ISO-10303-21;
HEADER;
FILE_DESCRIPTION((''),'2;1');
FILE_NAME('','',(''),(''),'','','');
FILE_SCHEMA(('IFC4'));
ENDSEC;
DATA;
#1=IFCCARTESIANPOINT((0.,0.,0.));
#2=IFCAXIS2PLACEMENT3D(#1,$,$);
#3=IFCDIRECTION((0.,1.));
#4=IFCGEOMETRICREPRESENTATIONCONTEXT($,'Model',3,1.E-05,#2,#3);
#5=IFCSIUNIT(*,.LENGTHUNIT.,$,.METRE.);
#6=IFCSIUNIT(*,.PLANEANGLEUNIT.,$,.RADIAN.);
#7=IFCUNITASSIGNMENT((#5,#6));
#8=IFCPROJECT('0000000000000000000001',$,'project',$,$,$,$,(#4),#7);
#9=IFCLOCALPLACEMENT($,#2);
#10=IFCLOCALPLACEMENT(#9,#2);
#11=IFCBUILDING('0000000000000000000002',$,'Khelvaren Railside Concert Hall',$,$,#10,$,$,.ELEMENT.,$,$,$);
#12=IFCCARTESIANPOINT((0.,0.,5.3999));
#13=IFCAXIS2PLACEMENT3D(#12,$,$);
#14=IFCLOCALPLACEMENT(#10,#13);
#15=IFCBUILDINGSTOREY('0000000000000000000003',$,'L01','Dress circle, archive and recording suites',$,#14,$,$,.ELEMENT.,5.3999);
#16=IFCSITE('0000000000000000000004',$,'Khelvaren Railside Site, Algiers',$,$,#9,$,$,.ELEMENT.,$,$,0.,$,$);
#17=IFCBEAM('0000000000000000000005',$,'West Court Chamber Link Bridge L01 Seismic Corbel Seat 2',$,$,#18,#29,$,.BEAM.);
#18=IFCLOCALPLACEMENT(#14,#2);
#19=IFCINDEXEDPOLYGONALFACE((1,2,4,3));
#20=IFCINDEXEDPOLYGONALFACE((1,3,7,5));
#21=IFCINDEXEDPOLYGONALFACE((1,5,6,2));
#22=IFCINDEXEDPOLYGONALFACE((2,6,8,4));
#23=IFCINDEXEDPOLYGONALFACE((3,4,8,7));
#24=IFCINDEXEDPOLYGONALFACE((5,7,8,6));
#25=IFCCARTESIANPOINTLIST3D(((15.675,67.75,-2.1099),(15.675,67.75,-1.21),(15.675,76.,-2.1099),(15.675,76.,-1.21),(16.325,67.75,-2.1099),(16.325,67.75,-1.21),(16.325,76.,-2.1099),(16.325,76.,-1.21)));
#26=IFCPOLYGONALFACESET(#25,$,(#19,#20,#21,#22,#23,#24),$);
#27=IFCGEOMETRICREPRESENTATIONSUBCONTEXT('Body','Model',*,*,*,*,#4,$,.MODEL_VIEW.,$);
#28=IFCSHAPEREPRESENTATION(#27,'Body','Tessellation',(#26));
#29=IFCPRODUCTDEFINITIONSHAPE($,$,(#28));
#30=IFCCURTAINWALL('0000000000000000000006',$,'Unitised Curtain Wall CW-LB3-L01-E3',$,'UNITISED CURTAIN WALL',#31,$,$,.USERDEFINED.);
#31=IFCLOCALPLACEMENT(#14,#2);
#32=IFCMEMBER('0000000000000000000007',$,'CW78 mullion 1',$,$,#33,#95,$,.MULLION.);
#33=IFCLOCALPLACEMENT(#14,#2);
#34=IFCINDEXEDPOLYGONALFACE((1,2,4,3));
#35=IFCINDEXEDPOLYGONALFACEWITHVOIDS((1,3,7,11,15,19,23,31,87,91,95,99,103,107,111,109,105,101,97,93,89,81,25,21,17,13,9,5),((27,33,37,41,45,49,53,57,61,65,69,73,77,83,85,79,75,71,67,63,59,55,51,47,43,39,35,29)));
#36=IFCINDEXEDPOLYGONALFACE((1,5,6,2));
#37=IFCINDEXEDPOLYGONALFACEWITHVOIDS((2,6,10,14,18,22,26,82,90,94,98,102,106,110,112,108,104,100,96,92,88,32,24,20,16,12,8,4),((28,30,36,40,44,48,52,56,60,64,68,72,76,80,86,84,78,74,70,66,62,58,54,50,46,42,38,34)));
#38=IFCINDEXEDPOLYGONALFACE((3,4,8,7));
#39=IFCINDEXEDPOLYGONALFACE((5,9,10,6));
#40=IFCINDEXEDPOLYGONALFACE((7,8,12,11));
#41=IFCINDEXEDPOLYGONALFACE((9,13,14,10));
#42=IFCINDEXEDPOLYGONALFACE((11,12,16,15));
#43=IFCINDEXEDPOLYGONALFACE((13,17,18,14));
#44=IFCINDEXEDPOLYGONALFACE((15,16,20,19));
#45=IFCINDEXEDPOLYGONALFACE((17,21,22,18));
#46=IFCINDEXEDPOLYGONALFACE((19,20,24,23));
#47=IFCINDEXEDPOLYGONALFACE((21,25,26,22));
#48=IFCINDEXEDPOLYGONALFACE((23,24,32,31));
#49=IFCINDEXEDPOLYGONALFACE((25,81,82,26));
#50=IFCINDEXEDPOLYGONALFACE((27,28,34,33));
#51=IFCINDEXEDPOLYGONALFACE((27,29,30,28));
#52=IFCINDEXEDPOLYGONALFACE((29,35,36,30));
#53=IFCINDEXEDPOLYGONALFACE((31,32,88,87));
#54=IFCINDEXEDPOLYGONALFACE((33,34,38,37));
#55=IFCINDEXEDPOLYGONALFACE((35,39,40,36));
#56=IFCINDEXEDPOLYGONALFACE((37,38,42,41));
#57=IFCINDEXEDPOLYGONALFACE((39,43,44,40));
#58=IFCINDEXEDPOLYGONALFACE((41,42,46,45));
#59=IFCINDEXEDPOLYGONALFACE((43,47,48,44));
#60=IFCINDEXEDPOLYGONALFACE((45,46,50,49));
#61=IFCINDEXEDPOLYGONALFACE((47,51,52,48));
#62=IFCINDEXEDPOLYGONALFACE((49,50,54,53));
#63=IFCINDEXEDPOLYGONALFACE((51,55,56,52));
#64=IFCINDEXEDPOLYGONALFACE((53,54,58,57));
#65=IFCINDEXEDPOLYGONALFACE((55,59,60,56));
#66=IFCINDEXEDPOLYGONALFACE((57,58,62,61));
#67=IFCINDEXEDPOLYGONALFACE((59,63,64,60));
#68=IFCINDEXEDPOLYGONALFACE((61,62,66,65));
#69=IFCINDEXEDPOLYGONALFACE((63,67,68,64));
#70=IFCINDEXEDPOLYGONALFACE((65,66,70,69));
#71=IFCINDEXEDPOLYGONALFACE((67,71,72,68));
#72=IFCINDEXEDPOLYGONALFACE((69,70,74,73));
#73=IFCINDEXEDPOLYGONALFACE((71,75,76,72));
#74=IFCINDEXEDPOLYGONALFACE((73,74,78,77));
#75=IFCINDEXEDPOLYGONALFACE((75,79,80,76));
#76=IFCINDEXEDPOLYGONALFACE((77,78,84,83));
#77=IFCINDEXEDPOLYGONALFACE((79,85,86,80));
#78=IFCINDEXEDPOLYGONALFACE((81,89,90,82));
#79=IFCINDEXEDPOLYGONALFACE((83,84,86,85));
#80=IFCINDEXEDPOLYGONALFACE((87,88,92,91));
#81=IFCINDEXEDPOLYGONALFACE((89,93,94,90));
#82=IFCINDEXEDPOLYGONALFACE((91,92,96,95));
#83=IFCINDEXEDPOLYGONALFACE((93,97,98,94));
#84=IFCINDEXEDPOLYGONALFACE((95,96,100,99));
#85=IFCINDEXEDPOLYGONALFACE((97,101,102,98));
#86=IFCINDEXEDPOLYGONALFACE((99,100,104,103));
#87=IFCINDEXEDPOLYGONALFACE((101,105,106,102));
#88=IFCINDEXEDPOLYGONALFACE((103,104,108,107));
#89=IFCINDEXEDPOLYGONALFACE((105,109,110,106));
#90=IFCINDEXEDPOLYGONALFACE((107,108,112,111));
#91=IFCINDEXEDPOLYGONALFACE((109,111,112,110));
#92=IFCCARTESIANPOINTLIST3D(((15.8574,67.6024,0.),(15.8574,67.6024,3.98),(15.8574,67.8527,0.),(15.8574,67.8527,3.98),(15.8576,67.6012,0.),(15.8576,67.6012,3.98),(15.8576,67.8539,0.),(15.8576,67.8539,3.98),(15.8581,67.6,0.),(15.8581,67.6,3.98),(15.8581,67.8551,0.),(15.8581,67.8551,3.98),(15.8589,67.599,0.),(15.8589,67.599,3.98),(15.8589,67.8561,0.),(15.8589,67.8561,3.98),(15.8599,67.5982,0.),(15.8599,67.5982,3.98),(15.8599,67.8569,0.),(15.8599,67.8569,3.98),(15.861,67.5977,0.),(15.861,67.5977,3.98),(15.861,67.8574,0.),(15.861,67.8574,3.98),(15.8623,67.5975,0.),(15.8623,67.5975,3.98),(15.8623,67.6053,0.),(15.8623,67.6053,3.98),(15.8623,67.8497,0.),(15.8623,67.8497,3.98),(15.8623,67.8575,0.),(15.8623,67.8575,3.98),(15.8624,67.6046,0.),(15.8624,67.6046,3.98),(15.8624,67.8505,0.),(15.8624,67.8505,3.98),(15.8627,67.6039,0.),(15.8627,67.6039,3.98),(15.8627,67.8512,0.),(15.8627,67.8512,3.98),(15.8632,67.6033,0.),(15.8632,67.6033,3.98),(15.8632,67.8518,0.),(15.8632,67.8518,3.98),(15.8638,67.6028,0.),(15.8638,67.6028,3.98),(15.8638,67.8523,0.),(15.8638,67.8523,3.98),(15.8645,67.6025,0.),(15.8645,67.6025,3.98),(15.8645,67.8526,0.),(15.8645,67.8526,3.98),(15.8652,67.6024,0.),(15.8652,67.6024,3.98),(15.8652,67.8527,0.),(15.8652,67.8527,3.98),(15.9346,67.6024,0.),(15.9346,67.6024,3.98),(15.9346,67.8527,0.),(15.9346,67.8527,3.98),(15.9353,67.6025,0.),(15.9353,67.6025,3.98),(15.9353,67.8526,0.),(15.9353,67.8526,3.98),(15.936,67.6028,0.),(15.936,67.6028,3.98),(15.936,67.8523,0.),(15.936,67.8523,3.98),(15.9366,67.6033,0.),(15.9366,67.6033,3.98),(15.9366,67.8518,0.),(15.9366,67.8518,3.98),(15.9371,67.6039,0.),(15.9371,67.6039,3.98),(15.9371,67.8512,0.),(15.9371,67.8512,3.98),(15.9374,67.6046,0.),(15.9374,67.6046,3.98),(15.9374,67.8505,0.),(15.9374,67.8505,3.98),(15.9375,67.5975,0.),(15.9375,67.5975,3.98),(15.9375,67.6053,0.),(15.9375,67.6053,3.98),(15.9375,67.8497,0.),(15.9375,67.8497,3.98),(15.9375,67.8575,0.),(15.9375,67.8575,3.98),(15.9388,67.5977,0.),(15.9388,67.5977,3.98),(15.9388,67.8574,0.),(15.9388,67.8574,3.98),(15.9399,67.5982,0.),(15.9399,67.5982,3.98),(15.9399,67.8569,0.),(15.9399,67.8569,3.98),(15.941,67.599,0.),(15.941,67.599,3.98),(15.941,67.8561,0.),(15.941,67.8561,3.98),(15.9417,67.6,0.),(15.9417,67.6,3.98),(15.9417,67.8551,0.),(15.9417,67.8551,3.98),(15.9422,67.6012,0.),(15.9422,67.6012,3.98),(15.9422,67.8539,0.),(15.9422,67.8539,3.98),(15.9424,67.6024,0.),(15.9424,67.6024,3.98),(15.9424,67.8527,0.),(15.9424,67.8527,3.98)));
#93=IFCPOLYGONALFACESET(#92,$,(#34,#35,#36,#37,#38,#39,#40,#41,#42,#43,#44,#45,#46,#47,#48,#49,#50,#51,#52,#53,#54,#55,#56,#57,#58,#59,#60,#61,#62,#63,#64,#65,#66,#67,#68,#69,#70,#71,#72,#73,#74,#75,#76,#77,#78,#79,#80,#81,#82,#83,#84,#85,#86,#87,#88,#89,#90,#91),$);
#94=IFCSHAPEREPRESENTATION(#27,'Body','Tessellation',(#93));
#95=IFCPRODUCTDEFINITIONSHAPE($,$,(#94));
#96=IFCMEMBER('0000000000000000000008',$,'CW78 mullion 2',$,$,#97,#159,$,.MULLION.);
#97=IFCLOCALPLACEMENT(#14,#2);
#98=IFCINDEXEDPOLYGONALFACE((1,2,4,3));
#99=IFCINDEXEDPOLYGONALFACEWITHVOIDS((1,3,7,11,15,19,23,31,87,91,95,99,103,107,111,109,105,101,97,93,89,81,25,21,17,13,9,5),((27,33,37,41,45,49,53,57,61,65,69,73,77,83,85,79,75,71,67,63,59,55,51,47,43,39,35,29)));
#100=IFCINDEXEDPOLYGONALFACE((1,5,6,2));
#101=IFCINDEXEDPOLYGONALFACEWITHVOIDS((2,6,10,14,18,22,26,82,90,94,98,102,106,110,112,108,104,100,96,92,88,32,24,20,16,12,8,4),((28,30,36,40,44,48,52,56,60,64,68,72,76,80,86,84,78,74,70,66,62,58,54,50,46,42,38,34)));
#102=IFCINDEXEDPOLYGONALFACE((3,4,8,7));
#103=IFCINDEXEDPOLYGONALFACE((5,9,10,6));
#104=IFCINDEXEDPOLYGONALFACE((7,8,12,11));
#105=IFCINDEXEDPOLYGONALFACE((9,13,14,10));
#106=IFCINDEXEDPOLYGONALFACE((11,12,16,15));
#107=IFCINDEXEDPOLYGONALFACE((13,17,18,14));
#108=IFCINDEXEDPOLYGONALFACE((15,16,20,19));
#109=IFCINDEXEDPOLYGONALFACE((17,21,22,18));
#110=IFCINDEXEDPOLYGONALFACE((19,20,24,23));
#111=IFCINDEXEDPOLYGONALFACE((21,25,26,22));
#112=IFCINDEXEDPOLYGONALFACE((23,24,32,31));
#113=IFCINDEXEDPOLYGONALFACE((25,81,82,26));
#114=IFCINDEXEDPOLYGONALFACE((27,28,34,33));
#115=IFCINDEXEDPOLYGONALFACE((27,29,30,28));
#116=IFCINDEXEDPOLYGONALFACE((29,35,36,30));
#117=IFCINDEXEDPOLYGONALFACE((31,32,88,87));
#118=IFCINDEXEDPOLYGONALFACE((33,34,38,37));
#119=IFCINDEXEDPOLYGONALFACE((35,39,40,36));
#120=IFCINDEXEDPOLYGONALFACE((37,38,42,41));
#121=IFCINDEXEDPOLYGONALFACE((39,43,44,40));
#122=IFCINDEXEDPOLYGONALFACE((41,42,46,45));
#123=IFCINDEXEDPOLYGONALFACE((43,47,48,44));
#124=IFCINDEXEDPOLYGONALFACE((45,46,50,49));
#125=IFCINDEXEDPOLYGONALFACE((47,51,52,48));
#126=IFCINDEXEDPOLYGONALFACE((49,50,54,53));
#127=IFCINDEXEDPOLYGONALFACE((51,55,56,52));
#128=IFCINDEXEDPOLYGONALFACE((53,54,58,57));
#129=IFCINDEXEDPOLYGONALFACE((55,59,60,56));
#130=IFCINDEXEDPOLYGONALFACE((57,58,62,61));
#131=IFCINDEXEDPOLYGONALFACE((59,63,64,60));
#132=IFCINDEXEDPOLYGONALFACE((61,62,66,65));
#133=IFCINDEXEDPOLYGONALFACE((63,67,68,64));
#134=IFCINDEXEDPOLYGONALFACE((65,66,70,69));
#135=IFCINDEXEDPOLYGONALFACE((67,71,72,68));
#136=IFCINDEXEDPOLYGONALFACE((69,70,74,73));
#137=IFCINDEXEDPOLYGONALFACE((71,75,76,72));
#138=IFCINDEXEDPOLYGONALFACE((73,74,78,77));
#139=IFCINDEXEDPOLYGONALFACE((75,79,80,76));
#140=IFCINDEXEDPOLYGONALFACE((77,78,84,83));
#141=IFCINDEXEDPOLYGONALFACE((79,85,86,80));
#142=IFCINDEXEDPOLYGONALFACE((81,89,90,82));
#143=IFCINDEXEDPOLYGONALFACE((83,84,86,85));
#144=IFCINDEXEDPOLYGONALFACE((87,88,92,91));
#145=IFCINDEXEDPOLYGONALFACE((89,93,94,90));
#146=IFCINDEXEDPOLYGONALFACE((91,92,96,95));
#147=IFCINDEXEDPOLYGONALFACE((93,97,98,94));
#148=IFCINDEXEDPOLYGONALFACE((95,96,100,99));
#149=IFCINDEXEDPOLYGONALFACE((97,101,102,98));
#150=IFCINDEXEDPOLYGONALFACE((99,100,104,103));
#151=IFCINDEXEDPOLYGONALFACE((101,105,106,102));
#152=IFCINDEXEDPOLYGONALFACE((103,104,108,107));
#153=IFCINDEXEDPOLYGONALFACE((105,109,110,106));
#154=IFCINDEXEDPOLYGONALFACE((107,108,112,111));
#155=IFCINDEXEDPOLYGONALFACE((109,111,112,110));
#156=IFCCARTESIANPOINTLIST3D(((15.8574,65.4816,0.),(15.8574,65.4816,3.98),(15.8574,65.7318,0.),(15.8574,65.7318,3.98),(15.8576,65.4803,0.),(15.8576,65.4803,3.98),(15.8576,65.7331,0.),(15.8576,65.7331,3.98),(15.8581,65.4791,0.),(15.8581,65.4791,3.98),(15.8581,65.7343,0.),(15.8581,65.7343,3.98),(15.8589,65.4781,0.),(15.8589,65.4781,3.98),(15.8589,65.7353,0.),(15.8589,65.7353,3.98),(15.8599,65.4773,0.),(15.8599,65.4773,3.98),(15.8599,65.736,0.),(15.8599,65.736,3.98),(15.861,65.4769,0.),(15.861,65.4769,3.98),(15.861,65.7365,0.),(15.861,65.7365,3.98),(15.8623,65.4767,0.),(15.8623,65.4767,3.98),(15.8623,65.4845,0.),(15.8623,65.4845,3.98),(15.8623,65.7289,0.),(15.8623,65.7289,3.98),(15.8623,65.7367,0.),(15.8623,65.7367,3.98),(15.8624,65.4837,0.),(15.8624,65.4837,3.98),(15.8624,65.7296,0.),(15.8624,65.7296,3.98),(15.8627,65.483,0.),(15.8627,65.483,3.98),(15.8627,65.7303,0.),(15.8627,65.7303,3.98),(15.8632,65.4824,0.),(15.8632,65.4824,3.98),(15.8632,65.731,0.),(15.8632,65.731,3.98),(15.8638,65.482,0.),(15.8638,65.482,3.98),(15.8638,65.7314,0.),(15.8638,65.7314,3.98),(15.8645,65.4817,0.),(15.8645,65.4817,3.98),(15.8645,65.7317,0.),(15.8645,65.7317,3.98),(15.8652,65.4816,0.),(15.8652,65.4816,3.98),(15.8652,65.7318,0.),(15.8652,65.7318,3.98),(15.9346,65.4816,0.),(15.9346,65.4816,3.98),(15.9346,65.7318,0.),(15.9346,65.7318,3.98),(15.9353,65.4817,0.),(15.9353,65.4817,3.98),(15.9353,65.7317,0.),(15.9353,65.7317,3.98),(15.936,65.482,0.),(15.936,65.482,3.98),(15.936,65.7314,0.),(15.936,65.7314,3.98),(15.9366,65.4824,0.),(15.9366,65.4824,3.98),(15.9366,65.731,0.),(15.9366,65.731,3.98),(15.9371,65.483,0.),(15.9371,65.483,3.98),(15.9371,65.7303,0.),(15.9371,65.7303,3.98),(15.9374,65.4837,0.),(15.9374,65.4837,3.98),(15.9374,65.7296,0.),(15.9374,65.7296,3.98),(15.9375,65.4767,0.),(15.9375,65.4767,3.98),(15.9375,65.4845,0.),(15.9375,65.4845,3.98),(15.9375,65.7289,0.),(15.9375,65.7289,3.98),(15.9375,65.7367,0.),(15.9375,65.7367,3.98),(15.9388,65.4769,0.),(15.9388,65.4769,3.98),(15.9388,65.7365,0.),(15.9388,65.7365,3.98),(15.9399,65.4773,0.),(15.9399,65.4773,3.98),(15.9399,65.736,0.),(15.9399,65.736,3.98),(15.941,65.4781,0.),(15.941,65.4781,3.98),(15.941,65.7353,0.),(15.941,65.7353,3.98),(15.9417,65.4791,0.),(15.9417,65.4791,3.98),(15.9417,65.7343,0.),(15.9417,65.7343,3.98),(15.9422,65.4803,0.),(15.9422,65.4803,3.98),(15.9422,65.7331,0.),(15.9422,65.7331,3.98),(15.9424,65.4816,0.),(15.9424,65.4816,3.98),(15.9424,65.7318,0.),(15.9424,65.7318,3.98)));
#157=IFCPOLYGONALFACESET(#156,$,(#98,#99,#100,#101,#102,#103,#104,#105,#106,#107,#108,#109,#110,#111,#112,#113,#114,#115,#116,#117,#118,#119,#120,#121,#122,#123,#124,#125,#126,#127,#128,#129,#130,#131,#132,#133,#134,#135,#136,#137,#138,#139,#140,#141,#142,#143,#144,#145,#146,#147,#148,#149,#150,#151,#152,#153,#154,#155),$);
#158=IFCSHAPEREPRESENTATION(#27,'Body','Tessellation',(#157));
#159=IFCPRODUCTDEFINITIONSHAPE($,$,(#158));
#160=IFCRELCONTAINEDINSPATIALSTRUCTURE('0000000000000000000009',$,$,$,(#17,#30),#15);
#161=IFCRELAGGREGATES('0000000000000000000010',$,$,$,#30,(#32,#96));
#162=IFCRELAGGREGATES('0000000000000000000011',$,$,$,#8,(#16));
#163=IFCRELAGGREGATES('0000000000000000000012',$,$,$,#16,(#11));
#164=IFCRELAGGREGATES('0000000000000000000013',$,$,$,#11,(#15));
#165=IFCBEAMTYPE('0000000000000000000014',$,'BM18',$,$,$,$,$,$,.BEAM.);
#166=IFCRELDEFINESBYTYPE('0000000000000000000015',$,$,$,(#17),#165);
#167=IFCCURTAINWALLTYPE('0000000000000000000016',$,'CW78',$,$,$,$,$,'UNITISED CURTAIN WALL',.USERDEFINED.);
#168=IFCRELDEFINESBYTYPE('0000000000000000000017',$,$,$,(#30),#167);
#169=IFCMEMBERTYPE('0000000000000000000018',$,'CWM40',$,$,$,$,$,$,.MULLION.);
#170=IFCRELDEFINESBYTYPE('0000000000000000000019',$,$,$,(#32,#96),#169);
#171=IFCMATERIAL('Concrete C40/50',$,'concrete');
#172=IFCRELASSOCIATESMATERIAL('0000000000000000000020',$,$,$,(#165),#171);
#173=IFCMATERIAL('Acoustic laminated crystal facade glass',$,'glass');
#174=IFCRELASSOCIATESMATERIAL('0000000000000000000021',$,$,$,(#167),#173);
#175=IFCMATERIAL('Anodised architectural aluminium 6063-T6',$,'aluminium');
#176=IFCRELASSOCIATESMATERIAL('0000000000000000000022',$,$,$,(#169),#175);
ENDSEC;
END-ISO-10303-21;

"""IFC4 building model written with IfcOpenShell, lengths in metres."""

from ifc_helpers import new_model, si_unit, direction, frame, origin, origin_2d, place, context, subcontext, project, spatial, rectangle, hollow_rectangle, extrude, material, material_profile, profile_set, type_object, element, aggregate, save


model = new_model("IFC4")

# Units and contexts
model_context = context("Model", 3, precision=1e-05, world=origin(), true_north=direction((0.0, 1.0)))
body_context = subcontext(model_context, "Body", "Model", "MODEL_VIEW")
ifc_project = project(units=[si_unit("LENGTHUNIT", "METRE"), si_unit("PLANEANGLEUNIT", "RADIAN")], contexts=[model_context])

# Site, building, storey
site_placement = place(None, origin())
site = spatial("IfcSite", under=ifc_project, at=site_placement, Name="Khelvaren Railside Site, Algiers", CompositionType="ELEMENT", RefElevation=0.0)
building_placement = place(site_placement, origin())
building = spatial("IfcBuilding", under=site, at=building_placement, Name="Khelvaren Railside Concert Hall", CompositionType="ELEMENT")
storey_placement = place(building_placement, frame((0.0, 0.0, 5.3999)))
storey = spatial("IfcBuildingStorey", under=building, at=storey_placement, Name="L01", Description="Dress circle, archive and recording suites", CompositionType="ELEMENT", Elevation=5.3999)

# Beam
ifc_material_1 = material(Name="Concrete C40/50", Category="concrete")
ifc_material_profile_1 = material_profile(ifc_material_1, rectangle(XDim=0.6499, YDim=0.8999, at=origin_2d()), Name="RCB 650x900")
ifc_profile_set_1 = profile_set([ifc_material_profile_1], Name="Concrete C40/50")
beam_type = type_object("IfcBeamType", Name="BM18", PredefinedType="BEAM", material=ifc_profile_set_1)
beam_placement = place(storey_placement, frame((16.0, 67.75, -1.6599), z_axis=(0.0, 1.0, 0.0), x_axis=(-1.0, 0.0, 0.0)))
element("IfcBeam", 1, at=beam_placement, inside=storey, type_object=beam_type, Name="West Court Chamber Link Bridge L01 Seismic Corbel Seat 2", PredefinedType="BEAM", context=body_context, shape_type="SweptSolid", body=[
    extrude(rectangle(XDim=0.6499, YDim=0.8999, at=origin_2d()), origin(), (0.0, 0.0, 1.0), 8.25),
])

# Curtain wall, members
ifc_material_2 = material(Name="Acoustic laminated crystal facade glass", Category="glass")
curtain_wall_type = type_object("IfcCurtainWallType", Name="CW78", ElementType="UNITISED CURTAIN WALL", PredefinedType="USERDEFINED", material=ifc_material_2)
curtain_wall_placement = place(storey_placement, origin())
curtain_wall = element("IfcCurtainWall", 2, at=curtain_wall_placement, inside=storey, type_object=curtain_wall_type, Name="Unitised Curtain Wall CW-LB3-L01-E3", ObjectType="UNITISED CURTAIN WALL", PredefinedType="USERDEFINED")
ifc_material_3 = material(Name="Anodised architectural aluminium 6063-T6", Category="aluminium")
ifc_material_profile_2 = material_profile(ifc_material_3, hollow_rectangle(XDim=0.085, YDim=0.26, WallThickness=0.0049, InnerFilletRadius=0.0029, OuterFilletRadius=0.0049, at=origin_2d()), Name="CWM 85x260x5")
ifc_profile_set_2 = profile_set([ifc_material_profile_2], Name="Anodised architectural aluminium 6063-T6")
member_type_1 = type_object("IfcMemberType", Name="CWM40", PredefinedType="MULLION", material=ifc_profile_set_2)
member_1_placement = place(storey_placement, frame((15.8999, 67.7275, 0.0), z_axis=(0.0, 0.0, 1.0), x_axis=(1.0, 0.0, 0.0)))
member_1 = element("IfcMember", 3, at=member_1_placement, type_object=member_type_1, Name="CW78 mullion 1", PredefinedType="MULLION", context=body_context, shape_type="SweptSolid", body=[
    extrude(hollow_rectangle(XDim=0.085, YDim=0.26, WallThickness=0.0049, InnerFilletRadius=0.0029, OuterFilletRadius=0.0049, at=origin_2d()), origin(), (0.0, 0.0, 1.0), 3.98),
])
member_2_placement = place(storey_placement, frame((15.8999, 65.6067, 0.0), z_axis=(0.0, 0.0, 1.0), x_axis=(1.0, 0.0, 0.0)))
member_2 = element("IfcMember", 4, at=member_2_placement, type_object=member_type_1, Name="CW78 mullion 2", PredefinedType="MULLION", context=body_context, shape_type="SweptSolid", body=[
    extrude(hollow_rectangle(XDim=0.085, YDim=0.26, WallThickness=0.0049, InnerFilletRadius=0.0029, OuterFilletRadius=0.0049, at=origin_2d()), origin(), (0.0, 0.0, 1.0), 3.98),
])
aggregate(curtain_wall, [member_1, member_2])

save(model, "model.ifc")
